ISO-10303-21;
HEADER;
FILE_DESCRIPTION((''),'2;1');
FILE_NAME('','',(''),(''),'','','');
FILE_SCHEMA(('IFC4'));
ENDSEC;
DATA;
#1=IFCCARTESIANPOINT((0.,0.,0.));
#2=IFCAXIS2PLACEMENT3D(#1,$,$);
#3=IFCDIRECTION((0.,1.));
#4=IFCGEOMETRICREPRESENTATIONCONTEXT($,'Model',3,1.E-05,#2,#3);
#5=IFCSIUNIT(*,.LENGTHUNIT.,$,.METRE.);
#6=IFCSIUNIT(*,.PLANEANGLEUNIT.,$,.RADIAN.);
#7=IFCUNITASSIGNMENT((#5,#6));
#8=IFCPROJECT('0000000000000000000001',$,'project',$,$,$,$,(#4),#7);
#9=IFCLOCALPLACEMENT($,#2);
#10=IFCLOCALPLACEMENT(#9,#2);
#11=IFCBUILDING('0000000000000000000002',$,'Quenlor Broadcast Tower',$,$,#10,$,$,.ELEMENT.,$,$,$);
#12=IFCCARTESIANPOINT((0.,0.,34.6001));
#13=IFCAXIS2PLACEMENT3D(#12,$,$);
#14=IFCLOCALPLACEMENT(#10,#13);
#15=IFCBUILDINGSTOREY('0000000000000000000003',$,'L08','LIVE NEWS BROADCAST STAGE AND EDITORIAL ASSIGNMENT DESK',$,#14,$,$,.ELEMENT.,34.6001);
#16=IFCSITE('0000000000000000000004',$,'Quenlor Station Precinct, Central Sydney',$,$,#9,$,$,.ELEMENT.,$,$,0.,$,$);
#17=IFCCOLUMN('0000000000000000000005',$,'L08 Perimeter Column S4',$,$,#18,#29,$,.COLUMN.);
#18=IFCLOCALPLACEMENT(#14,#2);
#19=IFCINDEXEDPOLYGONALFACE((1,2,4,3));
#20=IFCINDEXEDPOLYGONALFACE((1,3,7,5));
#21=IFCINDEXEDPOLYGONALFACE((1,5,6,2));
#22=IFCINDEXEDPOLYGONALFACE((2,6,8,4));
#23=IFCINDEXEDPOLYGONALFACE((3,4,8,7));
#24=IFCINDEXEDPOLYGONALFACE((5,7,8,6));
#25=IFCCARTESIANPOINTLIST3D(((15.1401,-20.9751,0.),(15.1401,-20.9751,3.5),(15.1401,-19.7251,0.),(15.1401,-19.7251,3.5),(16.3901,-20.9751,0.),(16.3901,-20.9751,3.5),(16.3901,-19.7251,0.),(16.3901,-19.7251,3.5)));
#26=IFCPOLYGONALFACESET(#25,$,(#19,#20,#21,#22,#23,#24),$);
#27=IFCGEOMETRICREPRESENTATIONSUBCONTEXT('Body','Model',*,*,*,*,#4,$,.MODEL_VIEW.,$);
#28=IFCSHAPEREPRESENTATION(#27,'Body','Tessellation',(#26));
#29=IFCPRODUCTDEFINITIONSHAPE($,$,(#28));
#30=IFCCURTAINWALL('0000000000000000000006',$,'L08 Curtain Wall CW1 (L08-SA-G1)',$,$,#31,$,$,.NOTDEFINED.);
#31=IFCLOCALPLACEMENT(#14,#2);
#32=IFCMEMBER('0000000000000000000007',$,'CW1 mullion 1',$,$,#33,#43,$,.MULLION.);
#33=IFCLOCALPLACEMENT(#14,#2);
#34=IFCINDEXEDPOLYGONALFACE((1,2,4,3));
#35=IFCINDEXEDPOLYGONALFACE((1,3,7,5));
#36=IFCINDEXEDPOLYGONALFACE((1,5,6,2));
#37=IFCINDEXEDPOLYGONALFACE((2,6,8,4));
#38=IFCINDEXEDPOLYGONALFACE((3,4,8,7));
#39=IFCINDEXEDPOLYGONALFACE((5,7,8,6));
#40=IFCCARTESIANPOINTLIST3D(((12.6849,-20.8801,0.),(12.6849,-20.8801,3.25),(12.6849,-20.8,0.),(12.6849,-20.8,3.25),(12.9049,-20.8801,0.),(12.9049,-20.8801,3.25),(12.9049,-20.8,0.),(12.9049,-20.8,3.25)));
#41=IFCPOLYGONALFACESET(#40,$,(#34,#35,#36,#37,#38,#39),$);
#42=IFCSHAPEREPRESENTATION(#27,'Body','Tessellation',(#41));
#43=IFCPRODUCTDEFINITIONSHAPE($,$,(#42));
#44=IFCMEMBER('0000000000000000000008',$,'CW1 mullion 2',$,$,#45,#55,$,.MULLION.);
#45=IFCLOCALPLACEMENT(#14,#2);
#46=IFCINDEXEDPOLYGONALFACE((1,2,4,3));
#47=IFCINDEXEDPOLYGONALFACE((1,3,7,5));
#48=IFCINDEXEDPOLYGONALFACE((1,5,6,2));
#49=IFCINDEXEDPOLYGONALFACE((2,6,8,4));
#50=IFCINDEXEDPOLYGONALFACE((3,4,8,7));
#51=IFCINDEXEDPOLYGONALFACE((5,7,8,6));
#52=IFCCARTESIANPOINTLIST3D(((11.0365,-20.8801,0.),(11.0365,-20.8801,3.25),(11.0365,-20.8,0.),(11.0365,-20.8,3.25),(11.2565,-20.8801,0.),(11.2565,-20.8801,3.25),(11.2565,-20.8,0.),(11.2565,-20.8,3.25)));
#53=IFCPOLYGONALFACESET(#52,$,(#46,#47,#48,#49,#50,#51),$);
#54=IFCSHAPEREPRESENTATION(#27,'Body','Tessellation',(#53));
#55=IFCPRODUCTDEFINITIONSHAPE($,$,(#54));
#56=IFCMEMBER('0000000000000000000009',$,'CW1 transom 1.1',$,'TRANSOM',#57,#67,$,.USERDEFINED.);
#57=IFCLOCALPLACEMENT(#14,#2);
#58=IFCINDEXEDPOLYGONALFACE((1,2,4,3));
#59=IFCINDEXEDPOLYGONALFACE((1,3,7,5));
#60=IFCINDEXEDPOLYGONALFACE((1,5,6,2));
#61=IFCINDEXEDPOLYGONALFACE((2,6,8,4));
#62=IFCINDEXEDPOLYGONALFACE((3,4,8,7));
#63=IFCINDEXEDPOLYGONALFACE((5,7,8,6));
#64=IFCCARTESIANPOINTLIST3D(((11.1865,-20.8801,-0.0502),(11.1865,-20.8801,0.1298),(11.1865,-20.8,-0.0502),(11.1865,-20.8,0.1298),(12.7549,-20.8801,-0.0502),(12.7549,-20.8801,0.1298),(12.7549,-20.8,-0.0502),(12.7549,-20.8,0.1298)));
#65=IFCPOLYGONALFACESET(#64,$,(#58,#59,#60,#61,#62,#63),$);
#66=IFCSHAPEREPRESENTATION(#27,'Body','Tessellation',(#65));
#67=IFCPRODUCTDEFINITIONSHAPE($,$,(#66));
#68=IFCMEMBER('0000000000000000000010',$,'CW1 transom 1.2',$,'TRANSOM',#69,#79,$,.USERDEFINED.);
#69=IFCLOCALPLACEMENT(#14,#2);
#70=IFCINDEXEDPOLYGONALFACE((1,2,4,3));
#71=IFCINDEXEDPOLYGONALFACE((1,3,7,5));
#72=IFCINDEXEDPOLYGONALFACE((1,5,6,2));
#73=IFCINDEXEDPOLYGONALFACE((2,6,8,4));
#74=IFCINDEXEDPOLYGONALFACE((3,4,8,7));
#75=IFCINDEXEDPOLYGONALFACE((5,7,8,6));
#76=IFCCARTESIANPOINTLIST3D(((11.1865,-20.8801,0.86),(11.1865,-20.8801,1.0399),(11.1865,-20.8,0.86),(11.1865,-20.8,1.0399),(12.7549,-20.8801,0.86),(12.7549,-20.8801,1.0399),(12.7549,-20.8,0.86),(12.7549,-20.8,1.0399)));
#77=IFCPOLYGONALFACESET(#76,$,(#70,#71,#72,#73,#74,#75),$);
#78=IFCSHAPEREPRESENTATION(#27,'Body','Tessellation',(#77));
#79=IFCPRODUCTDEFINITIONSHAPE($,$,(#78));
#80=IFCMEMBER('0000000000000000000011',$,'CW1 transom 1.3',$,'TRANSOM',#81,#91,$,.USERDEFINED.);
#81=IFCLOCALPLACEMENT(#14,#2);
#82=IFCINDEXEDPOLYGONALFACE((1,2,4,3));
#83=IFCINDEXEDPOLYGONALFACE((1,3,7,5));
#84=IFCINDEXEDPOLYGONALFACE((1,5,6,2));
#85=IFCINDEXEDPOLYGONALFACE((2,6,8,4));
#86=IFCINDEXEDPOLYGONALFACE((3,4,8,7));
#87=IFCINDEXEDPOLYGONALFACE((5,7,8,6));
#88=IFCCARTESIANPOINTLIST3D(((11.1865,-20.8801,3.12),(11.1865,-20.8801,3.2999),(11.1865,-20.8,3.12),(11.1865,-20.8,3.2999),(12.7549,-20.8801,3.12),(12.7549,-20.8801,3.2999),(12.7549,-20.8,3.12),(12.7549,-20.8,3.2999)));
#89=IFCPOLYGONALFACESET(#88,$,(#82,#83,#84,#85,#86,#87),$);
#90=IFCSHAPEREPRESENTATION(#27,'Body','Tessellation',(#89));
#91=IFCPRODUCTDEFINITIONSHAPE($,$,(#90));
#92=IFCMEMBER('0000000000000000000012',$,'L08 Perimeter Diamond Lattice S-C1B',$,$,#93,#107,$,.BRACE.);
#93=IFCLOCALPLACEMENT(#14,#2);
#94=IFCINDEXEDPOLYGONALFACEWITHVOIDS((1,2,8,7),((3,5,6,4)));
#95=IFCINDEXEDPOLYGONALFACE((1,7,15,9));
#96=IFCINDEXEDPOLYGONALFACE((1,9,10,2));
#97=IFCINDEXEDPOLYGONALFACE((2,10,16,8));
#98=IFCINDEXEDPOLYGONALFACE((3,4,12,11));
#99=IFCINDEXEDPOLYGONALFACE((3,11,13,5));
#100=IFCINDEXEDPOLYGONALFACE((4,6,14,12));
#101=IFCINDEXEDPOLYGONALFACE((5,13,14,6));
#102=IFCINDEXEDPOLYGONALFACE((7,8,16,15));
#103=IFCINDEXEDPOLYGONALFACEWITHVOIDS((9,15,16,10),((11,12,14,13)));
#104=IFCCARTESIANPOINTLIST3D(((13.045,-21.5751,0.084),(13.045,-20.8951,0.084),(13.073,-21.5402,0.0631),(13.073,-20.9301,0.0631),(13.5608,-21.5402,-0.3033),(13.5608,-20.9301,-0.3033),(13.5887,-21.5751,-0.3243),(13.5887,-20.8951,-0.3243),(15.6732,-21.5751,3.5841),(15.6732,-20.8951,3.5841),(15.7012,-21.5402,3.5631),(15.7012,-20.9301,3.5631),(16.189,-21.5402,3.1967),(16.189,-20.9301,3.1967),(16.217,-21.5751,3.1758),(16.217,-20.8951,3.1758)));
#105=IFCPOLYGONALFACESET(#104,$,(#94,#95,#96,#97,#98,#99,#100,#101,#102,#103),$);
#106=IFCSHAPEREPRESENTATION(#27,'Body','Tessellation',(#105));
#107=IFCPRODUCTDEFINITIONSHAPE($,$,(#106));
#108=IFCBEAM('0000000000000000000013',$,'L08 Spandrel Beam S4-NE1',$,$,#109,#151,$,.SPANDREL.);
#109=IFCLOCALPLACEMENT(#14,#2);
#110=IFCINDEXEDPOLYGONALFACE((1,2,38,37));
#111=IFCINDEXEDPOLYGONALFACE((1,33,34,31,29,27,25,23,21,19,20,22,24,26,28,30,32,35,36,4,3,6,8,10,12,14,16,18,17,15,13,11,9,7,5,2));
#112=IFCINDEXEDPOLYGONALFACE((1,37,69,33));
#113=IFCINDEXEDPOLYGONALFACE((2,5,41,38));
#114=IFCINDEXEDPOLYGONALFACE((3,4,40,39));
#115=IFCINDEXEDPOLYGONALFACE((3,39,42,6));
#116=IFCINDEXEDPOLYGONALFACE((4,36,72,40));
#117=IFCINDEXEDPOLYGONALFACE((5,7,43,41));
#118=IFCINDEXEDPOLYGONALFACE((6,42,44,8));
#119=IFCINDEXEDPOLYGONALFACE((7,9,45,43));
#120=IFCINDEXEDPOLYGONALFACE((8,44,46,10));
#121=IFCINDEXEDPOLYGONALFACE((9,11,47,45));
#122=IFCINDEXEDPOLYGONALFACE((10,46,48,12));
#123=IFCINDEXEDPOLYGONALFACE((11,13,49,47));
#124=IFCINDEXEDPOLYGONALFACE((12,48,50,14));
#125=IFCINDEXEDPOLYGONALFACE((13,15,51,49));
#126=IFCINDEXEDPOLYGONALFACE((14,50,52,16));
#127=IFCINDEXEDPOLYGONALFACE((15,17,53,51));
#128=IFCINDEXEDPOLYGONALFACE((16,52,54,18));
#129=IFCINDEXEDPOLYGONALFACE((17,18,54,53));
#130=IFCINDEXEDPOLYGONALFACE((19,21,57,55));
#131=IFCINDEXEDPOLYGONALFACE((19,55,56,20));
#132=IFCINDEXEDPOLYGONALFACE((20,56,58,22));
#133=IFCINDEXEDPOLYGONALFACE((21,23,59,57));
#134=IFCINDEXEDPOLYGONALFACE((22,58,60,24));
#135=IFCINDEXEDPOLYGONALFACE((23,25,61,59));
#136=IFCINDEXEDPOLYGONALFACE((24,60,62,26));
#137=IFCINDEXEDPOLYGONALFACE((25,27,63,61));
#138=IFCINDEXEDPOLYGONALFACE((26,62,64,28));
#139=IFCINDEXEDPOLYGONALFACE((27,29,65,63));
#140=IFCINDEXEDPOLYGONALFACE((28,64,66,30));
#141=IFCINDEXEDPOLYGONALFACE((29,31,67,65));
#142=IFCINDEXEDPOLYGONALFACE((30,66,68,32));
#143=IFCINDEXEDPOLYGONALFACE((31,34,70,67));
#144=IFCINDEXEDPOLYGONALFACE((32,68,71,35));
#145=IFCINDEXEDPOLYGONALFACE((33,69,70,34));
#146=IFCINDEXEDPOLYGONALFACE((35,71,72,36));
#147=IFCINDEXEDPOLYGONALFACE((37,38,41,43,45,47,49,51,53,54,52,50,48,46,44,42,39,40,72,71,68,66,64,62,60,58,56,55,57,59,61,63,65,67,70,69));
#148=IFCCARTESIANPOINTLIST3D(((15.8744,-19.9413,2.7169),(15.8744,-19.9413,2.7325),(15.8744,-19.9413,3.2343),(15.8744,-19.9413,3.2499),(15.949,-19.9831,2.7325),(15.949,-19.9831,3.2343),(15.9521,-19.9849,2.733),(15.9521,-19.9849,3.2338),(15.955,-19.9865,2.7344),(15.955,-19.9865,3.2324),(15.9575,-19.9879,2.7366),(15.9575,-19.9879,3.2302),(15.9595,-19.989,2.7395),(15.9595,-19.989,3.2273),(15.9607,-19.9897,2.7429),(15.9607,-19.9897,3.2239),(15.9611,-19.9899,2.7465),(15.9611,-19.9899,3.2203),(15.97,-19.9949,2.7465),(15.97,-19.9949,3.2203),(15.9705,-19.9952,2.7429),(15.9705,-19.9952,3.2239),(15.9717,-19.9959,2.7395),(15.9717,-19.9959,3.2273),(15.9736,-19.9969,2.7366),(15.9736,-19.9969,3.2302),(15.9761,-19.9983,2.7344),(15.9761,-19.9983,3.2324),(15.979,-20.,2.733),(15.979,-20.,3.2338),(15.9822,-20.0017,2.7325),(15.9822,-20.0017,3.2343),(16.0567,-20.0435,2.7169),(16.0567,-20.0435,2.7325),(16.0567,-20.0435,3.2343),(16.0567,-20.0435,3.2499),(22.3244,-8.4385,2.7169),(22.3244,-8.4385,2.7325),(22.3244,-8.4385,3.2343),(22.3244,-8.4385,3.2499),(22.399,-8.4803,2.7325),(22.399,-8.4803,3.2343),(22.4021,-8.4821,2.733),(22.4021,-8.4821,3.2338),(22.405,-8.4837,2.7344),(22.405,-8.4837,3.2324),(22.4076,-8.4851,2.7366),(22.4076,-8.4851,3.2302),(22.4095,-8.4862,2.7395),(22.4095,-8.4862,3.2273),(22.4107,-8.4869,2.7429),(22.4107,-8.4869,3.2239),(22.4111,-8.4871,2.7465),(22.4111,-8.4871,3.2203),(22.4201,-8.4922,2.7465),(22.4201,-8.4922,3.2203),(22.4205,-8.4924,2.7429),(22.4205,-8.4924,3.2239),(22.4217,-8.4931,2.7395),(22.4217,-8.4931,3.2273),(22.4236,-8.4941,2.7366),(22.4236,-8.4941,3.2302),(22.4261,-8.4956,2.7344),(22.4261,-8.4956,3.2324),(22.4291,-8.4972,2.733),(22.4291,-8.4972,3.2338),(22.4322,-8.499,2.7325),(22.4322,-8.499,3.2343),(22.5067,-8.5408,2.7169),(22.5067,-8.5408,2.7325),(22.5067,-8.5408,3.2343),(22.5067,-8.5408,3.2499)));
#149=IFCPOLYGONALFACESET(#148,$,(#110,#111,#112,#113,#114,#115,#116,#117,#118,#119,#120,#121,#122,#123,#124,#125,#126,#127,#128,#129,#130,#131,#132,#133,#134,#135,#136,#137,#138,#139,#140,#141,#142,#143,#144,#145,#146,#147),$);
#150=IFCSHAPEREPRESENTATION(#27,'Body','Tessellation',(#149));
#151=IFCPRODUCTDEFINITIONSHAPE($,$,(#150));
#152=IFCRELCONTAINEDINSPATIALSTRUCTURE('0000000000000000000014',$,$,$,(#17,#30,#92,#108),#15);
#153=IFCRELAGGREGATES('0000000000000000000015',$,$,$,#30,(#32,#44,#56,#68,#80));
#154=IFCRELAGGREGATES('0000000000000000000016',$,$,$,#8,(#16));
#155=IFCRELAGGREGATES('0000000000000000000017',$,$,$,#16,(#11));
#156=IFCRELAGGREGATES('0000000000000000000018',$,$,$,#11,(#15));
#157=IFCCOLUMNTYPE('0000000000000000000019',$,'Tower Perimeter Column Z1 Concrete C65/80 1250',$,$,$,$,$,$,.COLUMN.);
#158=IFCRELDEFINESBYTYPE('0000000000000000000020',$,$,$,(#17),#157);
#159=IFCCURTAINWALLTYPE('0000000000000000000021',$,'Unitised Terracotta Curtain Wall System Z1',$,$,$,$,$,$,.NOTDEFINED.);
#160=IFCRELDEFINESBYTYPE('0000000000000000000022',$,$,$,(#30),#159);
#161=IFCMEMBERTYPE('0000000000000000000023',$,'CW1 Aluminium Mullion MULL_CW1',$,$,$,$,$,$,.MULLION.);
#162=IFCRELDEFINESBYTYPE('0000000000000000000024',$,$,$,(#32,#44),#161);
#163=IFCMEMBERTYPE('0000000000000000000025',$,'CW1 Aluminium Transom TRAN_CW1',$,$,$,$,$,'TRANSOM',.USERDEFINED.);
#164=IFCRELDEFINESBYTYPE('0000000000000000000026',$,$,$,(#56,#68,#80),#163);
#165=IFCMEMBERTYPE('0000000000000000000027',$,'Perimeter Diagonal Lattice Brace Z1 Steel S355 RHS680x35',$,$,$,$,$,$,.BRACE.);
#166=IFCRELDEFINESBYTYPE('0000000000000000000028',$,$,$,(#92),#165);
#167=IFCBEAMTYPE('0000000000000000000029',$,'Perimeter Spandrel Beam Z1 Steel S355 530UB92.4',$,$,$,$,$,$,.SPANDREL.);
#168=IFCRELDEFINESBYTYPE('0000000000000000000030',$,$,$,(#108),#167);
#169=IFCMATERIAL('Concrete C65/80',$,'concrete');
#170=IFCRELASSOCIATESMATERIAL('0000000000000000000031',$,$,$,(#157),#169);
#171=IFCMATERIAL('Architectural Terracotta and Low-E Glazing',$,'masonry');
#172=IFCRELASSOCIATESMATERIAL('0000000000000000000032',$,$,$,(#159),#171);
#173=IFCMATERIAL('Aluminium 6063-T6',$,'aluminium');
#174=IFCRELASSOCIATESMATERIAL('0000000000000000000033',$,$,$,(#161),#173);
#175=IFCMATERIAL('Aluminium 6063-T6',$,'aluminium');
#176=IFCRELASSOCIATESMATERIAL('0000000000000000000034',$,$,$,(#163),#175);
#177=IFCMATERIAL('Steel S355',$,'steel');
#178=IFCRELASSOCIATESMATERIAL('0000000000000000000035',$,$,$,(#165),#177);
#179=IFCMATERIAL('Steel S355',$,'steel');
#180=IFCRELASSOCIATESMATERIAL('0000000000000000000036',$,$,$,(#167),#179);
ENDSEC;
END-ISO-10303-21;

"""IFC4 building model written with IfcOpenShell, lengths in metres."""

from ifc_helpers import new_model, si_unit, direction, frame, origin, origin_2d, place, context, subcontext, project, spatial, rectangle, hollow_rectangle, i_section, extrude, material, material_profile, profile_set, type_object, element, aggregate, save


model = new_model("IFC4")

# Units and contexts
model_context = context("Model", 3, precision=1e-05, world=origin(), true_north=direction((0.0, 1.0)))
body_context = subcontext(model_context, "Body", "Model", "MODEL_VIEW")
ifc_project = project(units=[si_unit("LENGTHUNIT", "METRE"), si_unit("PLANEANGLEUNIT", "RADIAN")], contexts=[model_context])

# Site, building, storey
site_placement = place(None, origin())
site = spatial("IfcSite", under=ifc_project, at=site_placement, Name="Quenlor Station Precinct, Central Sydney", CompositionType="ELEMENT", RefElevation=0.0)
building_placement = place(site_placement, origin())
building = spatial("IfcBuilding", under=site, at=building_placement, Name="Quenlor Broadcast Tower", CompositionType="ELEMENT")
storey_placement = place(building_placement, frame((0.0, 0.0, 34.6001)))
storey = spatial("IfcBuildingStorey", under=building, at=storey_placement, Name="L08", Description="LIVE NEWS BROADCAST STAGE AND EDITORIAL ASSIGNMENT DESK", CompositionType="ELEMENT", Elevation=34.6001)

# Column
ifc_material_1 = material(Name="Concrete C65/80", Category="concrete")
ifc_material_profile_1 = material_profile(ifc_material_1, rectangle(XDim=1.25, YDim=1.25, at=origin_2d()))
ifc_profile_set_1 = profile_set([ifc_material_profile_1], Name="Concrete C65/80 RC1250x1250")
column_type = type_object("IfcColumnType", Name="Tower Perimeter Column Z1 Concrete C65/80 1250", PredefinedType="COLUMN", material=ifc_profile_set_1)
column_placement = place(storey_placement, frame((15.7651, -20.3501, 0.0), z_axis=(0.0, 0.0, 1.0), x_axis=(0.0, 1.0, 0.0)))
element("IfcColumn", 1, at=column_placement, inside=storey, type_object=column_type, Name="L08 Perimeter Column S4", PredefinedType="COLUMN", context=body_context, shape_type="SweptSolid", body=[
    extrude(rectangle(XDim=1.25, YDim=1.25, at=origin_2d()), origin(), (0.0, 0.0, 1.0), 3.5),
])

# Curtain wall, members
ifc_material_2 = material(Name="Architectural Terracotta and Low-E Glazing", Category="masonry")
curtain_wall_type = type_object("IfcCurtainWallType", Name="Unitised Terracotta Curtain Wall System Z1", PredefinedType="NOTDEFINED", material=ifc_material_2)
curtain_wall_placement = place(storey_placement, origin())
curtain_wall = element("IfcCurtainWall", 2, at=curtain_wall_placement, inside=storey, type_object=curtain_wall_type, Name="L08 Curtain Wall CW1 (L08-SA-G1)", PredefinedType="NOTDEFINED")
ifc_material_3 = material(Name="Aluminium 6063-T6", Category="aluminium")
ifc_material_profile_2 = material_profile(ifc_material_3, rectangle(XDim=0.0801, YDim=0.22, at=origin_2d()))
ifc_profile_set_2 = profile_set([ifc_material_profile_2], Name="Aluminium 6063-T6 MULL80x220")
member_type_1 = type_object("IfcMemberType", Name="CW1 Aluminium Mullion MULL_CW1", PredefinedType="MULLION", material=ifc_profile_set_2)
member_1_placement = place(storey_placement, frame((12.7949, -20.8401, 0.0), z_axis=(0.0, 0.0, 1.0), x_axis=(0.0, -1.0, 0.0)))
member_1 = element("IfcMember", 3, at=member_1_placement, type_object=member_type_1, Name="CW1 mullion 1", PredefinedType="MULLION", context=body_context, shape_type="SweptSolid", body=[
    extrude(rectangle(XDim=0.0801, YDim=0.22, at=origin_2d()), origin(), (0.0, 0.0, 1.0), 3.25),
])
member_2_placement = place(storey_placement, frame((11.1465, -20.8401, 0.0), z_axis=(0.0, 0.0, 1.0), x_axis=(0.0, -1.0, 0.0)))
member_2 = element("IfcMember", 4, at=member_2_placement, type_object=member_type_1, Name="CW1 mullion 2", PredefinedType="MULLION", context=body_context, shape_type="SweptSolid", body=[
    extrude(rectangle(XDim=0.0801, YDim=0.22, at=origin_2d()), origin(), (0.0, 0.0, 1.0), 3.25),
])
ifc_material_4 = material(Name="Aluminium 6063-T6", Category="aluminium")
ifc_material_profile_3 = material_profile(ifc_material_4, rectangle(XDim=0.0801, YDim=0.1799, at=origin_2d()))
ifc_profile_set_3 = profile_set([ifc_material_profile_3], Name="Aluminium 6063-T6 TRAN80x180")
member_type_2 = type_object("IfcMemberType", Name="CW1 Aluminium Transom TRAN_CW1", ElementType="TRANSOM", PredefinedType="USERDEFINED", material=ifc_profile_set_3)
member_3_placement = place(storey_placement, frame((12.7549, -20.8401, 0.0398), z_axis=(-1.0, 0.0, 0.0), x_axis=(0.0, -1.0, 0.0)))
member_3 = element("IfcMember", 5, at=member_3_placement, type_object=member_type_2, Name="CW1 transom 1.1", ObjectType="TRANSOM", PredefinedType="USERDEFINED", context=body_context, shape_type="SweptSolid", body=[
    extrude(rectangle(XDim=0.0801, YDim=0.1799, at=origin_2d()), origin(), (0.0, 0.0, 1.0), 1.5684),
])
member_4_placement = place(storey_placement, frame((12.7549, -20.8401, 0.95), z_axis=(-1.0, 0.0, 0.0), x_axis=(0.0, -1.0, 0.0)))
member_4 = element("IfcMember", 6, at=member_4_placement, type_object=member_type_2, Name="CW1 transom 1.2", ObjectType="TRANSOM", PredefinedType="USERDEFINED", context=body_context, shape_type="SweptSolid", body=[
    extrude(rectangle(XDim=0.0801, YDim=0.1799, at=origin_2d()), origin(), (0.0, 0.0, 1.0), 1.5684),
])
member_5_placement = place(storey_placement, frame((12.7549, -20.8401, 3.21), z_axis=(-1.0, 0.0, 0.0), x_axis=(0.0, -1.0, 0.0)))
member_5 = element("IfcMember", 7, at=member_5_placement, type_object=member_type_2, Name="CW1 transom 1.3", ObjectType="TRANSOM", PredefinedType="USERDEFINED", context=body_context, shape_type="SweptSolid", body=[
    extrude(rectangle(XDim=0.0801, YDim=0.1799, at=origin_2d()), origin(), (0.0, 0.0, 1.0), 1.5684),
])

# Member
ifc_material_5 = material(Name="Steel S355", Category="steel")
ifc_material_profile_4 = material_profile(ifc_material_5, hollow_rectangle(XDim=0.6799, YDim=0.6799, WallThickness=0.0349, at=origin_2d()))
ifc_profile_set_4 = profile_set([ifc_material_profile_4], Name="Steel S355 RHS680x680x35")
member_type_3 = type_object("IfcMemberType", Name="Perimeter Diagonal Lattice Brace Z1 Steel S355 RHS680x35", PredefinedType="BRACE", material=ifc_profile_set_4)
member_6_placement = place(storey_placement, frame((13.3169, -21.2351, -0.1201), z_axis=(0.600464, 0.0, 0.799652), x_axis=(0.0, 1.0, 0.0)))
element("IfcMember", 8, at=member_6_placement, inside=storey, type_object=member_type_3, Name="L08 Perimeter Diamond Lattice S-C1B", PredefinedType="BRACE", context=body_context, shape_type="SweptSolid", body=[
    extrude(hollow_rectangle(XDim=0.6799, YDim=0.6799, WallThickness=0.0349, at=origin_2d()), origin(), (0.0, 0.0, 1.0), 4.377),
])

# Beam
ifc_material_6 = material(Name="Steel S355", Category="steel")
ifc_material_profile_5 = material_profile(ifc_material_6, i_section(OverallWidth=0.209, OverallDepth=0.533, WebThickness=0.0103, FlangeThickness=0.0156, FilletRadius=0.0139, at=origin_2d()))
ifc_profile_set_5 = profile_set([ifc_material_profile_5], Name="Steel S355 530UB92.4")
beam_type_1 = type_object("IfcBeamType", Name="Perimeter Spandrel Beam Z1 Steel S355 530UB92.4", PredefinedType="SPANDREL", material=ifc_profile_set_5)
beam_1_placement = place(storey_placement, frame((15.9656, -19.9924, 2.9834), z_axis=(0.489091, 0.872233, 0.0), x_axis=(-0.872233, 0.489091, 0.0)))
element("IfcBeam", 9, at=beam_1_placement, inside=storey, type_object=beam_type_1, Name="L08 Spandrel Beam S4-NE1", PredefinedType="SPANDREL", context=body_context, shape_type="SweptSolid", body=[
    extrude(i_section(OverallWidth=0.209, OverallDepth=0.533, WebThickness=0.0103, FlangeThickness=0.0156, FilletRadius=0.0139, at=origin_2d()), origin(), (0.0, 0.0, 1.0), 13.1877),
])

aggregate(curtain_wall, [member_1, member_2, member_3, member_4, member_5])

save(model, "model.ifc")
